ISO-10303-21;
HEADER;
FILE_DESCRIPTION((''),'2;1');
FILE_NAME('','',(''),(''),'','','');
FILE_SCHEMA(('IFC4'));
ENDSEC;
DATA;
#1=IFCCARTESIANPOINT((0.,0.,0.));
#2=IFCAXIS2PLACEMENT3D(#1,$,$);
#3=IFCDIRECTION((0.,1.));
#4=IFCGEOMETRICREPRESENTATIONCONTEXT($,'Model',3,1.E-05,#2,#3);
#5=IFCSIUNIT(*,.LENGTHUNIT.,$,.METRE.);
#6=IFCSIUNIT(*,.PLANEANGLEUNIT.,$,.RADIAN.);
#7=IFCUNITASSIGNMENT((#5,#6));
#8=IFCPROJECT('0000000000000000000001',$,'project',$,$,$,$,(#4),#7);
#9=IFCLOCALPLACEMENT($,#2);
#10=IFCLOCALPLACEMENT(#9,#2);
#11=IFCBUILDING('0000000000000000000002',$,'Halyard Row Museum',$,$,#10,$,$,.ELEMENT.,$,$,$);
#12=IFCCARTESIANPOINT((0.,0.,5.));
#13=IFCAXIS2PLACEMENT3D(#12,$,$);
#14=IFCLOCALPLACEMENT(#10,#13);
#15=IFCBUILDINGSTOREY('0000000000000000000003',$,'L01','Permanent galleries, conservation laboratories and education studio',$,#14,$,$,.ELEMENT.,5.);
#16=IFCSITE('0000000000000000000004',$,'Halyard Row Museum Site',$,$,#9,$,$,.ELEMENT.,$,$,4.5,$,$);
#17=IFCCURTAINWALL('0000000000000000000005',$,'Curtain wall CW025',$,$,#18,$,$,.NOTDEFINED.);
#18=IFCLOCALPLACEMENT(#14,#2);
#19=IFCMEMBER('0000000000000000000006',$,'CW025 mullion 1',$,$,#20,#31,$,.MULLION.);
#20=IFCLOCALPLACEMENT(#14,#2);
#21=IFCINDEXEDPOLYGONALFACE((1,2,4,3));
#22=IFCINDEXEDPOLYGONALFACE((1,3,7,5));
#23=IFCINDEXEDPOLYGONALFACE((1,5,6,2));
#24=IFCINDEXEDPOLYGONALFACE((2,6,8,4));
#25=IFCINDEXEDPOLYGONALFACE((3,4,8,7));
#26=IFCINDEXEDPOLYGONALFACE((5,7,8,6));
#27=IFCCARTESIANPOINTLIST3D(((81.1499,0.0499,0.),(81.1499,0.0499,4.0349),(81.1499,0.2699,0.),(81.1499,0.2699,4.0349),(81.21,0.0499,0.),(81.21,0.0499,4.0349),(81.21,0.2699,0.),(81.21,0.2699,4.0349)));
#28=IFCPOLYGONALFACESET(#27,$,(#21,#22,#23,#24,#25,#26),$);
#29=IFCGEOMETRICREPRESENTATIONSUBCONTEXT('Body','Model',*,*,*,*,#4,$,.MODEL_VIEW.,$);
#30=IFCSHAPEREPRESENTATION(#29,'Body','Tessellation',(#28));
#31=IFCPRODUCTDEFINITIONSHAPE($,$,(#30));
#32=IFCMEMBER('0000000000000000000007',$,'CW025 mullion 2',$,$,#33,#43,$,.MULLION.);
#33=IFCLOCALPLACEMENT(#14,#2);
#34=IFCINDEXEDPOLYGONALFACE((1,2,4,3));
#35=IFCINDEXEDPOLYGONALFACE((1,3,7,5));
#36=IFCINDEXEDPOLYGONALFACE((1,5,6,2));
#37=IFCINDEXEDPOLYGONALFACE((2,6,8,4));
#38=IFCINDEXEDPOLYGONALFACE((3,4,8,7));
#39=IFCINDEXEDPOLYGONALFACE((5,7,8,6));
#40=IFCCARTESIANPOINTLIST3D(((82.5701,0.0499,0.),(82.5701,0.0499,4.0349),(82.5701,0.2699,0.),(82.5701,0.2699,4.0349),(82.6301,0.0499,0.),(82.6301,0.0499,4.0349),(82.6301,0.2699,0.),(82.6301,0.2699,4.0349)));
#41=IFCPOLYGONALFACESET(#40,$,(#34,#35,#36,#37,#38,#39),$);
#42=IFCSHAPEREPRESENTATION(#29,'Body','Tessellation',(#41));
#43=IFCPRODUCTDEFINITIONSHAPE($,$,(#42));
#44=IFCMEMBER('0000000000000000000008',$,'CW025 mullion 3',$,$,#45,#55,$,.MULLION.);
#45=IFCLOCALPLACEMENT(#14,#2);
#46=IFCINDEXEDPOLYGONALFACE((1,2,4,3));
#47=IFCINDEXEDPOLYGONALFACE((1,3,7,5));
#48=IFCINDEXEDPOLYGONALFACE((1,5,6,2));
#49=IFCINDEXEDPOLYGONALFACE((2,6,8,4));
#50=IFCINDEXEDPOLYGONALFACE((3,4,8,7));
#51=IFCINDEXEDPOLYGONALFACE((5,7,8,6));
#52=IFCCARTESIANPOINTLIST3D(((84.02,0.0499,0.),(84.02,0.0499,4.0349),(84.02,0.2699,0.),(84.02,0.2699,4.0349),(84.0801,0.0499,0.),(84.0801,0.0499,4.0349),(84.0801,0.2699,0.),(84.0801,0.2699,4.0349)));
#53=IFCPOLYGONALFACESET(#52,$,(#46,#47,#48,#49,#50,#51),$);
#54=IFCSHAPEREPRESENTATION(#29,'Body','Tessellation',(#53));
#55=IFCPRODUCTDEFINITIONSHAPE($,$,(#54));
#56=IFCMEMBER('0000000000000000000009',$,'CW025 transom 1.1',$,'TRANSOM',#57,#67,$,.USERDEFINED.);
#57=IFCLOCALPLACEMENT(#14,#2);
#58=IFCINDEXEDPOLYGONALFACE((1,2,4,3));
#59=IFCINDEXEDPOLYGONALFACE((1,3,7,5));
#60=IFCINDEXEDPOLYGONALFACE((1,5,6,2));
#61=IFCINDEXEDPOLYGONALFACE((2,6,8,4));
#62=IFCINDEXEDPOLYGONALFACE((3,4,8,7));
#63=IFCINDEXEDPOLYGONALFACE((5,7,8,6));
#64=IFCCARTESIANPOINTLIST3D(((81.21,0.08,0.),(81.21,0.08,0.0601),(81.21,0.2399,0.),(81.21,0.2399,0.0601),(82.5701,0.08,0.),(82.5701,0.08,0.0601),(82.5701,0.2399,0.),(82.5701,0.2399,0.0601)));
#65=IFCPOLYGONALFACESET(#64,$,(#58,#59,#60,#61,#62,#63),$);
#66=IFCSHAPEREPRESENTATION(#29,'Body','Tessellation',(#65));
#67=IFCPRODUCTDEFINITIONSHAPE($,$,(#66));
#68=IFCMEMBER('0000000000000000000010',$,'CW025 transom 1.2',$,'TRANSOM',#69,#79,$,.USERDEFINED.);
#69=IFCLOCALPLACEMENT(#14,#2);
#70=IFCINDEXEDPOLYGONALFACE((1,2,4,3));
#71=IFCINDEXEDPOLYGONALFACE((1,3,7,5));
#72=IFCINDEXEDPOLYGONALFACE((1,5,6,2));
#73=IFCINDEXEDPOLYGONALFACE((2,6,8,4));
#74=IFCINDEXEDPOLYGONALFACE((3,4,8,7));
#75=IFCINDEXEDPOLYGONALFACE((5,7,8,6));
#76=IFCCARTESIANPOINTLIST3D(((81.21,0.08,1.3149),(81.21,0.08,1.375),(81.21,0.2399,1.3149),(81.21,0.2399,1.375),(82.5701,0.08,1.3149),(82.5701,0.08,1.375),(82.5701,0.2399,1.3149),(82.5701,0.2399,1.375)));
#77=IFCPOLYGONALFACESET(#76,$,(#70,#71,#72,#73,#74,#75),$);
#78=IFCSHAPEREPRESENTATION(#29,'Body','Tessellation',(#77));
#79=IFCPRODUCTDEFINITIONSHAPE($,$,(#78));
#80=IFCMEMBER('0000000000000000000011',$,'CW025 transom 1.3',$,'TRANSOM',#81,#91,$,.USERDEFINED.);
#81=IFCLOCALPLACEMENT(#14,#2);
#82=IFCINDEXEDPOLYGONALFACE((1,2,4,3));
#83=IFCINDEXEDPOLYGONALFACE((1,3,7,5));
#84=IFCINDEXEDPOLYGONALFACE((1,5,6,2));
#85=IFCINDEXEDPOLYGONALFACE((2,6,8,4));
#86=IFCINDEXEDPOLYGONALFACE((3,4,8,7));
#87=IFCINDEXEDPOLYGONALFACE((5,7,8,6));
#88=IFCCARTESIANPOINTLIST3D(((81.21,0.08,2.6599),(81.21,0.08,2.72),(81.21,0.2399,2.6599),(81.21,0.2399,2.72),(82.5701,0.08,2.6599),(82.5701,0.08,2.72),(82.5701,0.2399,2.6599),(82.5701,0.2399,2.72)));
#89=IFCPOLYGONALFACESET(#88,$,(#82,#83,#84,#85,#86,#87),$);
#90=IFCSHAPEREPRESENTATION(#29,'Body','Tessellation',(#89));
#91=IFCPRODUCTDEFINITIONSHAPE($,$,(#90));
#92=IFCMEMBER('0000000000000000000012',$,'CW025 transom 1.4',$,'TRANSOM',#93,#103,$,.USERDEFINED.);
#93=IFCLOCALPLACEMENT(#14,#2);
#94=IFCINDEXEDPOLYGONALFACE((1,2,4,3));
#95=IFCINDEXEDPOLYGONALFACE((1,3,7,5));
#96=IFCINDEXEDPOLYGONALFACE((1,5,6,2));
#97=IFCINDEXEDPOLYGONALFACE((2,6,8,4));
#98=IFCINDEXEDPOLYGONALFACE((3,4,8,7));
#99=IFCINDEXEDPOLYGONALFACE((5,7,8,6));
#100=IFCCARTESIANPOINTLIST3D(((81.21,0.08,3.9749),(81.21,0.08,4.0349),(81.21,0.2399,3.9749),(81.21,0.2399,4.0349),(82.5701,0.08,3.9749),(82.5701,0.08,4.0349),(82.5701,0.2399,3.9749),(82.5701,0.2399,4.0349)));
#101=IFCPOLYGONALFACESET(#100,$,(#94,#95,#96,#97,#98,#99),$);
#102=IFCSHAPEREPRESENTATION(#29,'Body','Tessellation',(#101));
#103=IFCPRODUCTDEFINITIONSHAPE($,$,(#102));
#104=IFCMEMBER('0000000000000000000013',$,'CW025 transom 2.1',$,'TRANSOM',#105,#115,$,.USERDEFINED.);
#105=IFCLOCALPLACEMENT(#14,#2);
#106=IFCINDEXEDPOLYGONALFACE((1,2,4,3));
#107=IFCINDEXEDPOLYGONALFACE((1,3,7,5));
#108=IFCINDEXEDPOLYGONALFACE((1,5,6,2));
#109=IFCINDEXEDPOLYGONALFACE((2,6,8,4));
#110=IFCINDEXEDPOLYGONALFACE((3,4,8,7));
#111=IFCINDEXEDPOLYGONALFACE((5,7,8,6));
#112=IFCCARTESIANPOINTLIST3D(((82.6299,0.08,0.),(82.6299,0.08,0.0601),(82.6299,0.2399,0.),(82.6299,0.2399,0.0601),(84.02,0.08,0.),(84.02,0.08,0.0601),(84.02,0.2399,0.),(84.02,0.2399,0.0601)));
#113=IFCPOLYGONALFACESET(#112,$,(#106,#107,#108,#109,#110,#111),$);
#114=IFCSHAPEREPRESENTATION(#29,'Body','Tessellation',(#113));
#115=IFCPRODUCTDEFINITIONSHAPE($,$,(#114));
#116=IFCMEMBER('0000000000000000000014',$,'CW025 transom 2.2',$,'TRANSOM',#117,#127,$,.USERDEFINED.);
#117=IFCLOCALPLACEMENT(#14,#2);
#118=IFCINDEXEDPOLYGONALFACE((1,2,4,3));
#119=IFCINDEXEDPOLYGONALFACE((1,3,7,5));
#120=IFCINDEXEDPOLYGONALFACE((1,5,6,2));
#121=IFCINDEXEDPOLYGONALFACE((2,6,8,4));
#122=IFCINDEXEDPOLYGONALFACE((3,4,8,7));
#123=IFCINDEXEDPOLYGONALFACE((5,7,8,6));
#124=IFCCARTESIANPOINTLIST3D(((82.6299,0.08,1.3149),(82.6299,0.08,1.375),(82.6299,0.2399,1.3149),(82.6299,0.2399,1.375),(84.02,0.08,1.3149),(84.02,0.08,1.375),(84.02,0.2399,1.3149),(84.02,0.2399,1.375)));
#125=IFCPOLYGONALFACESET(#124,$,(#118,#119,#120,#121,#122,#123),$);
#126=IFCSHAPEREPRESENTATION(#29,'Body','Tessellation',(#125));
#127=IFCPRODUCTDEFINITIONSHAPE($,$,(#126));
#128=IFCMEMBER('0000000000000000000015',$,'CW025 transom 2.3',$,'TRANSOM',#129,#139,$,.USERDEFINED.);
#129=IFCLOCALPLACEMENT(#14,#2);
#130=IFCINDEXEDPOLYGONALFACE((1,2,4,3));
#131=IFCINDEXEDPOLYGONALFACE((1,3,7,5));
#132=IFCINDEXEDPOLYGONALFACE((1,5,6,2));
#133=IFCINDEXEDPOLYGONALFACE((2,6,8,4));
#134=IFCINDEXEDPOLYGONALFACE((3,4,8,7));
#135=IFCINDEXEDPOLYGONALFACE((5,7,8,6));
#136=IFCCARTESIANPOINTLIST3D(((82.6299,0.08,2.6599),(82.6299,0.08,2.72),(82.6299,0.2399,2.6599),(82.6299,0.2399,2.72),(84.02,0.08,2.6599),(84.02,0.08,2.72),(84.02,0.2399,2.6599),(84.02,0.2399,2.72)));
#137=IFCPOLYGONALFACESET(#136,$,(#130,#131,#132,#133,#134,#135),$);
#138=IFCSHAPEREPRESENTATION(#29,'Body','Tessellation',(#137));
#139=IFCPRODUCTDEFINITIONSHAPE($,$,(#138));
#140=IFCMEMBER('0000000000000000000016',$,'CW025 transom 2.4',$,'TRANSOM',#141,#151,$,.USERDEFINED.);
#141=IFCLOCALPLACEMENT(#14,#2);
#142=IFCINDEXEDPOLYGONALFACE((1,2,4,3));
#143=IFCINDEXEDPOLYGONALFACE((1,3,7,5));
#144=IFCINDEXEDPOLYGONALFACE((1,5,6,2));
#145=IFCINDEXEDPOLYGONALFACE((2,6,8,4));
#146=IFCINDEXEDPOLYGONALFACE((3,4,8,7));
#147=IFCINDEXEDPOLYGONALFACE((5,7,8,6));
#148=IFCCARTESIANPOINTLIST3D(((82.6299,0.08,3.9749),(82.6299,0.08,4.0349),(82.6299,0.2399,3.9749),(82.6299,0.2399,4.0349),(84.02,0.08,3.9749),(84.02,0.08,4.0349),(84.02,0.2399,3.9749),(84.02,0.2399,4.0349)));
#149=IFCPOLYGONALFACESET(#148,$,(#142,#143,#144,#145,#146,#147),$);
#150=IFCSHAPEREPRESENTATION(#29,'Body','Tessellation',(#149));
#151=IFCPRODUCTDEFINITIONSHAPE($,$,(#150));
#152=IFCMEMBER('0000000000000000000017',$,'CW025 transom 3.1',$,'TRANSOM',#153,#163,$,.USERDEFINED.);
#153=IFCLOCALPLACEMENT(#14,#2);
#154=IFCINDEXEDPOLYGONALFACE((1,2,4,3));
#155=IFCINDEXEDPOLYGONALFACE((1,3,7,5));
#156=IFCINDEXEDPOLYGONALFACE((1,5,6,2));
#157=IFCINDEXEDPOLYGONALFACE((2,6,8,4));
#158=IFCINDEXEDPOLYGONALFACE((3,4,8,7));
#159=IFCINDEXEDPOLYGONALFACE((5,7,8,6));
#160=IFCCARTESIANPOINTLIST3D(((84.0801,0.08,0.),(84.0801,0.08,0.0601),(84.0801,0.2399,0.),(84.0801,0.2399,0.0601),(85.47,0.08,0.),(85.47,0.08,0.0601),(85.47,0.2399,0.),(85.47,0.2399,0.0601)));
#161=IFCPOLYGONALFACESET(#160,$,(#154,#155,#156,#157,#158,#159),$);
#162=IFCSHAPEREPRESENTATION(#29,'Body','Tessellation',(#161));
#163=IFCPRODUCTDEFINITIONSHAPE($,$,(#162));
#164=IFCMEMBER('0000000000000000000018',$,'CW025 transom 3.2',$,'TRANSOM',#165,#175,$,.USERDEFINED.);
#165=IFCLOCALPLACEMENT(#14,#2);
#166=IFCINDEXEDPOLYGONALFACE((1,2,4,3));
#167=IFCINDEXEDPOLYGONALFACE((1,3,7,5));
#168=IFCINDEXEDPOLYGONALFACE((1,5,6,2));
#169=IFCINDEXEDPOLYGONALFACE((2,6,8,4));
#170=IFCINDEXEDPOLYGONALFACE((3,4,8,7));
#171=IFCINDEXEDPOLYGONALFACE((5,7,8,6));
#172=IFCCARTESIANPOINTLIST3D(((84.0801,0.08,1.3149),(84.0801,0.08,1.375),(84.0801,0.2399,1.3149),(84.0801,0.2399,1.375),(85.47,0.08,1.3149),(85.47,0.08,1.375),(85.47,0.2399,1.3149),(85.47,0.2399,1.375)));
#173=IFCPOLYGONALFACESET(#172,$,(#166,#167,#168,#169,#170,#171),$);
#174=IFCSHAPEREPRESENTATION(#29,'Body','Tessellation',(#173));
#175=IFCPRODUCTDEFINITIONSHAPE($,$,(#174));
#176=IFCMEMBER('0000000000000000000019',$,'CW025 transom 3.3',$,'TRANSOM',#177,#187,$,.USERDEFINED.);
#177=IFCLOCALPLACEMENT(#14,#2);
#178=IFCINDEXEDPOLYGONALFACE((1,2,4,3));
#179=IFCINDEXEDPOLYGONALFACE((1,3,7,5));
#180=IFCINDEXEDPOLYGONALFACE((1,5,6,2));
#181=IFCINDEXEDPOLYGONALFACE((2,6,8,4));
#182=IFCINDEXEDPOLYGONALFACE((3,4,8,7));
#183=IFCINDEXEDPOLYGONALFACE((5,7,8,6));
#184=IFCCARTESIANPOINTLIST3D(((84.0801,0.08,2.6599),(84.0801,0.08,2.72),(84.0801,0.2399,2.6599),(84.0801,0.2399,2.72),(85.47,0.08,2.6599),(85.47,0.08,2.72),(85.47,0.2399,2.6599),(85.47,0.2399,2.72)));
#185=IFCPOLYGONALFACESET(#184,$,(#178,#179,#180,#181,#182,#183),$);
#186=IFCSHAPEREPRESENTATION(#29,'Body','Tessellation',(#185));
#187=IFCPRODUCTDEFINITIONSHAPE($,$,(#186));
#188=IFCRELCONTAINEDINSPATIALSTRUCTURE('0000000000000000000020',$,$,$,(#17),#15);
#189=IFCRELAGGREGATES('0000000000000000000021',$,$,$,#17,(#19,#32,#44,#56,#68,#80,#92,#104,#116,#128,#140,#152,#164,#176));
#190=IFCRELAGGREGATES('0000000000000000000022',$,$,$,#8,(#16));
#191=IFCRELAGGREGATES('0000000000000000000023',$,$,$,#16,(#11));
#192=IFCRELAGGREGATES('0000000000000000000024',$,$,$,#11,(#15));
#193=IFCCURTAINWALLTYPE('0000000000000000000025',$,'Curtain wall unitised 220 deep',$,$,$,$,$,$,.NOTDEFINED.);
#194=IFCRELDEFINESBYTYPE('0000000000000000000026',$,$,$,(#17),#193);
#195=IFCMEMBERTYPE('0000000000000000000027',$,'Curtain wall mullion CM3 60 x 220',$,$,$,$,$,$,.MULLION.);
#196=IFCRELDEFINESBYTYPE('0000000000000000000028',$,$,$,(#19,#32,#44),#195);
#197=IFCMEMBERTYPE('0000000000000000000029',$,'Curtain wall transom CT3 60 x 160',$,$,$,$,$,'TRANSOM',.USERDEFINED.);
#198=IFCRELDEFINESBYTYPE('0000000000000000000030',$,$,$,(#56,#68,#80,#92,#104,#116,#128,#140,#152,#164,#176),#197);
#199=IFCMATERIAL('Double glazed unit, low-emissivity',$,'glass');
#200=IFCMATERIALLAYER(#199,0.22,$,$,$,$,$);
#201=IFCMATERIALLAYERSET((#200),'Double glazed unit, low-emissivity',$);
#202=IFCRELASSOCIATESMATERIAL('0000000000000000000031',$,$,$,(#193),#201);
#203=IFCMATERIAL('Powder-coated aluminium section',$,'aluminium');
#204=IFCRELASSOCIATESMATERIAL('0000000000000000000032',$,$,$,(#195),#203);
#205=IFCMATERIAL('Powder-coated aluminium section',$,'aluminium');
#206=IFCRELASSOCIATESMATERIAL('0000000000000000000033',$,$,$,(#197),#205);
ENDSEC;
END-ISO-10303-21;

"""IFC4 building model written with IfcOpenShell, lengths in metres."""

from ifc_helpers import new_model, si_unit, direction, frame, origin, origin_2d, place, context, subcontext, project, spatial, rectangle, extrude, material, layer, layer_set, material_profile, profile_set, type_object, element, aggregate, save


model = new_model("IFC4")

# Units and contexts
model_context = context("Model", 3, precision=1e-05, world=origin(), true_north=direction((0.0, 1.0)))
body_context = subcontext(model_context, "Body", "Model", "MODEL_VIEW")
ifc_project = project(units=[si_unit("LENGTHUNIT", "METRE"), si_unit("PLANEANGLEUNIT", "RADIAN")], contexts=[model_context])

# Site, building, storey
site_placement = place(None, origin())
site = spatial("IfcSite", under=ifc_project, at=site_placement, Name="Halyard Row Museum Site", CompositionType="ELEMENT", RefElevation=4.5)
building_placement = place(site_placement, origin())
building = spatial("IfcBuilding", under=site, at=building_placement, Name="Halyard Row Museum", CompositionType="ELEMENT")
storey_placement = place(building_placement, frame((0.0, 0.0, 5.0)))
storey = spatial("IfcBuildingStorey", under=building, at=storey_placement, Name="L01", Description="Permanent galleries, conservation laboratories and education studio", CompositionType="ELEMENT", Elevation=5.0)

# Curtain wall, members
ifc_material_1 = material(Name="Double glazed unit, low-emissivity", Category="glass")
ifc_layer_1 = layer(ifc_material_1, 0.22)
ifc_layer_set_1 = layer_set([ifc_layer_1], Name="Double glazed unit, low-emissivity")
curtain_wall_type = type_object("IfcCurtainWallType", Name="Curtain wall unitised 220 deep", PredefinedType="NOTDEFINED", material=ifc_layer_set_1)
curtain_wall_placement = place(storey_placement, origin())
curtain_wall = element("IfcCurtainWall", 1, at=curtain_wall_placement, inside=storey, type_object=curtain_wall_type, Name="Curtain wall CW025", PredefinedType="NOTDEFINED")
ifc_material_2 = material(Name="Powder-coated aluminium section", Category="aluminium")
ifc_material_profile_1 = material_profile(ifc_material_2, rectangle(XDim=0.22, YDim=0.0601, at=origin_2d()), Name="220x60 mullion")
ifc_profile_set_1 = profile_set([ifc_material_profile_1], Name="Powder-coated aluminium section")
member_type_1 = type_object("IfcMemberType", Name="Curtain wall mullion CM3 60 x 220", PredefinedType="MULLION", material=ifc_profile_set_1)
member_1_placement = place(storey_placement, frame((81.1799, 0.1599, 0.0), z_axis=(0.0, 0.0, 1.0), x_axis=(0.0, 1.0, 0.0)))
member_1 = element("IfcMember", 2, at=member_1_placement, type_object=member_type_1, Name="CW025 mullion 1", PredefinedType="MULLION", context=body_context, shape_type="SweptSolid", body=[
    extrude(rectangle(XDim=0.22, YDim=0.0601, at=origin_2d()), origin(), (0.0, 0.0, 1.0), 4.0349),
])
member_2_placement = place(storey_placement, frame((82.6001, 0.1599, 0.0), z_axis=(0.0, 0.0, 1.0), x_axis=(0.0, 1.0, 0.0)))
member_2 = element("IfcMember", 3, at=member_2_placement, type_object=member_type_1, Name="CW025 mullion 2", PredefinedType="MULLION", context=body_context, shape_type="SweptSolid", body=[
    extrude(rectangle(XDim=0.22, YDim=0.0601, at=origin_2d()), origin(), (0.0, 0.0, 1.0), 4.0349),
])
member_3_placement = place(storey_placement, frame((84.05, 0.1599, 0.0), z_axis=(0.0, 0.0, 1.0), x_axis=(0.0, 1.0, 0.0)))
member_3 = element("IfcMember", 4, at=member_3_placement, type_object=member_type_1, Name="CW025 mullion 3", PredefinedType="MULLION", context=body_context, shape_type="SweptSolid", body=[
    extrude(rectangle(XDim=0.22, YDim=0.0601, at=origin_2d()), origin(), (0.0, 0.0, 1.0), 4.0349),
])
ifc_material_3 = material(Name="Powder-coated aluminium section", Category="aluminium")
ifc_material_profile_2 = material_profile(ifc_material_3, rectangle(XDim=0.1599, YDim=0.0601, at=origin_2d()), Name="160x60 transom")
ifc_profile_set_2 = profile_set([ifc_material_profile_2], Name="Powder-coated aluminium section")
member_type_2 = type_object("IfcMemberType", Name="Curtain wall transom CT3 60 x 160", ElementType="TRANSOM", PredefinedType="USERDEFINED", material=ifc_profile_set_2)
member_4_placement = place(storey_placement, frame((81.21, 0.1599, 0.03), z_axis=(1.0, 0.0, 0.0), x_axis=(0.0, 1.0, 0.0)))
member_4 = element("IfcMember", 5, at=member_4_placement, type_object=member_type_2, Name="CW025 transom 1.1", ObjectType="TRANSOM", PredefinedType="USERDEFINED", context=body_context, shape_type="SweptSolid", body=[
    extrude(rectangle(XDim=0.1599, YDim=0.0601, at=origin_2d()), origin(), (0.0, 0.0, 1.0), 1.3601),
])
member_5_placement = place(storey_placement, frame((81.21, 0.1599, 1.345), z_axis=(1.0, 0.0, 0.0), x_axis=(0.0, 1.0, 0.0)))
member_5 = element("IfcMember", 6, at=member_5_placement, type_object=member_type_2, Name="CW025 transom 1.2", ObjectType="TRANSOM", PredefinedType="USERDEFINED", context=body_context, shape_type="SweptSolid", body=[
    extrude(rectangle(XDim=0.1599, YDim=0.0601, at=origin_2d()), origin(), (0.0, 0.0, 1.0), 1.3601),
])
member_6_placement = place(storey_placement, frame((81.21, 0.1599, 2.6899), z_axis=(1.0, 0.0, 0.0), x_axis=(0.0, 1.0, 0.0)))
member_6 = element("IfcMember", 7, at=member_6_placement, type_object=member_type_2, Name="CW025 transom 1.3", ObjectType="TRANSOM", PredefinedType="USERDEFINED", context=body_context, shape_type="SweptSolid", body=[
    extrude(rectangle(XDim=0.1599, YDim=0.0601, at=origin_2d()), origin(), (0.0, 0.0, 1.0), 1.3601),
])
member_7_placement = place(storey_placement, frame((81.21, 0.1599, 4.0049), z_axis=(1.0, 0.0, 0.0), x_axis=(0.0, 1.0, 0.0)))
member_7 = element("IfcMember", 8, at=member_7_placement, type_object=member_type_2, Name="CW025 transom 1.4", ObjectType="TRANSOM", PredefinedType="USERDEFINED", context=body_context, shape_type="SweptSolid", body=[
    extrude(rectangle(XDim=0.1599, YDim=0.0601, at=origin_2d()), origin(), (0.0, 0.0, 1.0), 1.3601),
])
member_8_placement = place(storey_placement, frame((82.6299, 0.1599, 0.03), z_axis=(1.0, 0.0, 0.0), x_axis=(0.0, 1.0, 0.0)))
member_8 = element("IfcMember", 9, at=member_8_placement, type_object=member_type_2, Name="CW025 transom 2.1", ObjectType="TRANSOM", PredefinedType="USERDEFINED", context=body_context, shape_type="SweptSolid", body=[
    extrude(rectangle(XDim=0.1599, YDim=0.0601, at=origin_2d()), origin(), (0.0, 0.0, 1.0), 1.3901),
])
member_9_placement = place(storey_placement, frame((82.6299, 0.1599, 1.345), z_axis=(1.0, 0.0, 0.0), x_axis=(0.0, 1.0, 0.0)))
member_9 = element("IfcMember", 10, at=member_9_placement, type_object=member_type_2, Name="CW025 transom 2.2", ObjectType="TRANSOM", PredefinedType="USERDEFINED", context=body_context, shape_type="SweptSolid", body=[
    extrude(rectangle(XDim=0.1599, YDim=0.0601, at=origin_2d()), origin(), (0.0, 0.0, 1.0), 1.3901),
])
member_10_placement = place(storey_placement, frame((82.6299, 0.1599, 2.6899), z_axis=(1.0, 0.0, 0.0), x_axis=(0.0, 1.0, 0.0)))
member_10 = element("IfcMember", 11, at=member_10_placement, type_object=member_type_2, Name="CW025 transom 2.3", ObjectType="TRANSOM", PredefinedType="USERDEFINED", context=body_context, shape_type="SweptSolid", body=[
    extrude(rectangle(XDim=0.1599, YDim=0.0601, at=origin_2d()), origin(), (0.0, 0.0, 1.0), 1.3901),
])
member_11_placement = place(storey_placement, frame((82.6299, 0.1599, 4.0049), z_axis=(1.0, 0.0, 0.0), x_axis=(0.0, 1.0, 0.0)))
member_11 = element("IfcMember", 12, at=member_11_placement, type_object=member_type_2, Name="CW025 transom 2.4", ObjectType="TRANSOM", PredefinedType="USERDEFINED", context=body_context, shape_type="SweptSolid", body=[
    extrude(rectangle(XDim=0.1599, YDim=0.0601, at=origin_2d()), origin(), (0.0, 0.0, 1.0), 1.3901),
])
member_12_placement = place(storey_placement, frame((84.0801, 0.1599, 0.03), z_axis=(1.0, 0.0, 0.0), x_axis=(0.0, 1.0, 0.0)))
member_12 = element("IfcMember", 13, at=member_12_placement, type_object=member_type_2, Name="CW025 transom 3.1", ObjectType="TRANSOM", PredefinedType="USERDEFINED", context=body_context, shape_type="SweptSolid", body=[
    extrude(rectangle(XDim=0.1599, YDim=0.0601, at=origin_2d()), origin(), (0.0, 0.0, 1.0), 1.3899),
])
member_13_placement = place(storey_placement, frame((84.0801, 0.1599, 1.345), z_axis=(1.0, 0.0, 0.0), x_axis=(0.0, 1.0, 0.0)))
member_13 = element("IfcMember", 14, at=member_13_placement, type_object=member_type_2, Name="CW025 transom 3.2", ObjectType="TRANSOM", PredefinedType="USERDEFINED", context=body_context, shape_type="SweptSolid", body=[
    extrude(rectangle(XDim=0.1599, YDim=0.0601, at=origin_2d()), origin(), (0.0, 0.0, 1.0), 1.3899),
])
member_14_placement = place(storey_placement, frame((84.0801, 0.1599, 2.6899), z_axis=(1.0, 0.0, 0.0), x_axis=(0.0, 1.0, 0.0)))
member_14 = element("IfcMember", 15, at=member_14_placement, type_object=member_type_2, Name="CW025 transom 3.3", ObjectType="TRANSOM", PredefinedType="USERDEFINED", context=body_context, shape_type="SweptSolid", body=[
    extrude(rectangle(XDim=0.1599, YDim=0.0601, at=origin_2d()), origin(), (0.0, 0.0, 1.0), 1.3899),
])

aggregate(curtain_wall, [member_1, member_2, member_3, member_4, member_5, member_6, member_7, member_8, member_9, member_10, member_11, member_12, member_13, member_14])

save(model, "model.ifc")
